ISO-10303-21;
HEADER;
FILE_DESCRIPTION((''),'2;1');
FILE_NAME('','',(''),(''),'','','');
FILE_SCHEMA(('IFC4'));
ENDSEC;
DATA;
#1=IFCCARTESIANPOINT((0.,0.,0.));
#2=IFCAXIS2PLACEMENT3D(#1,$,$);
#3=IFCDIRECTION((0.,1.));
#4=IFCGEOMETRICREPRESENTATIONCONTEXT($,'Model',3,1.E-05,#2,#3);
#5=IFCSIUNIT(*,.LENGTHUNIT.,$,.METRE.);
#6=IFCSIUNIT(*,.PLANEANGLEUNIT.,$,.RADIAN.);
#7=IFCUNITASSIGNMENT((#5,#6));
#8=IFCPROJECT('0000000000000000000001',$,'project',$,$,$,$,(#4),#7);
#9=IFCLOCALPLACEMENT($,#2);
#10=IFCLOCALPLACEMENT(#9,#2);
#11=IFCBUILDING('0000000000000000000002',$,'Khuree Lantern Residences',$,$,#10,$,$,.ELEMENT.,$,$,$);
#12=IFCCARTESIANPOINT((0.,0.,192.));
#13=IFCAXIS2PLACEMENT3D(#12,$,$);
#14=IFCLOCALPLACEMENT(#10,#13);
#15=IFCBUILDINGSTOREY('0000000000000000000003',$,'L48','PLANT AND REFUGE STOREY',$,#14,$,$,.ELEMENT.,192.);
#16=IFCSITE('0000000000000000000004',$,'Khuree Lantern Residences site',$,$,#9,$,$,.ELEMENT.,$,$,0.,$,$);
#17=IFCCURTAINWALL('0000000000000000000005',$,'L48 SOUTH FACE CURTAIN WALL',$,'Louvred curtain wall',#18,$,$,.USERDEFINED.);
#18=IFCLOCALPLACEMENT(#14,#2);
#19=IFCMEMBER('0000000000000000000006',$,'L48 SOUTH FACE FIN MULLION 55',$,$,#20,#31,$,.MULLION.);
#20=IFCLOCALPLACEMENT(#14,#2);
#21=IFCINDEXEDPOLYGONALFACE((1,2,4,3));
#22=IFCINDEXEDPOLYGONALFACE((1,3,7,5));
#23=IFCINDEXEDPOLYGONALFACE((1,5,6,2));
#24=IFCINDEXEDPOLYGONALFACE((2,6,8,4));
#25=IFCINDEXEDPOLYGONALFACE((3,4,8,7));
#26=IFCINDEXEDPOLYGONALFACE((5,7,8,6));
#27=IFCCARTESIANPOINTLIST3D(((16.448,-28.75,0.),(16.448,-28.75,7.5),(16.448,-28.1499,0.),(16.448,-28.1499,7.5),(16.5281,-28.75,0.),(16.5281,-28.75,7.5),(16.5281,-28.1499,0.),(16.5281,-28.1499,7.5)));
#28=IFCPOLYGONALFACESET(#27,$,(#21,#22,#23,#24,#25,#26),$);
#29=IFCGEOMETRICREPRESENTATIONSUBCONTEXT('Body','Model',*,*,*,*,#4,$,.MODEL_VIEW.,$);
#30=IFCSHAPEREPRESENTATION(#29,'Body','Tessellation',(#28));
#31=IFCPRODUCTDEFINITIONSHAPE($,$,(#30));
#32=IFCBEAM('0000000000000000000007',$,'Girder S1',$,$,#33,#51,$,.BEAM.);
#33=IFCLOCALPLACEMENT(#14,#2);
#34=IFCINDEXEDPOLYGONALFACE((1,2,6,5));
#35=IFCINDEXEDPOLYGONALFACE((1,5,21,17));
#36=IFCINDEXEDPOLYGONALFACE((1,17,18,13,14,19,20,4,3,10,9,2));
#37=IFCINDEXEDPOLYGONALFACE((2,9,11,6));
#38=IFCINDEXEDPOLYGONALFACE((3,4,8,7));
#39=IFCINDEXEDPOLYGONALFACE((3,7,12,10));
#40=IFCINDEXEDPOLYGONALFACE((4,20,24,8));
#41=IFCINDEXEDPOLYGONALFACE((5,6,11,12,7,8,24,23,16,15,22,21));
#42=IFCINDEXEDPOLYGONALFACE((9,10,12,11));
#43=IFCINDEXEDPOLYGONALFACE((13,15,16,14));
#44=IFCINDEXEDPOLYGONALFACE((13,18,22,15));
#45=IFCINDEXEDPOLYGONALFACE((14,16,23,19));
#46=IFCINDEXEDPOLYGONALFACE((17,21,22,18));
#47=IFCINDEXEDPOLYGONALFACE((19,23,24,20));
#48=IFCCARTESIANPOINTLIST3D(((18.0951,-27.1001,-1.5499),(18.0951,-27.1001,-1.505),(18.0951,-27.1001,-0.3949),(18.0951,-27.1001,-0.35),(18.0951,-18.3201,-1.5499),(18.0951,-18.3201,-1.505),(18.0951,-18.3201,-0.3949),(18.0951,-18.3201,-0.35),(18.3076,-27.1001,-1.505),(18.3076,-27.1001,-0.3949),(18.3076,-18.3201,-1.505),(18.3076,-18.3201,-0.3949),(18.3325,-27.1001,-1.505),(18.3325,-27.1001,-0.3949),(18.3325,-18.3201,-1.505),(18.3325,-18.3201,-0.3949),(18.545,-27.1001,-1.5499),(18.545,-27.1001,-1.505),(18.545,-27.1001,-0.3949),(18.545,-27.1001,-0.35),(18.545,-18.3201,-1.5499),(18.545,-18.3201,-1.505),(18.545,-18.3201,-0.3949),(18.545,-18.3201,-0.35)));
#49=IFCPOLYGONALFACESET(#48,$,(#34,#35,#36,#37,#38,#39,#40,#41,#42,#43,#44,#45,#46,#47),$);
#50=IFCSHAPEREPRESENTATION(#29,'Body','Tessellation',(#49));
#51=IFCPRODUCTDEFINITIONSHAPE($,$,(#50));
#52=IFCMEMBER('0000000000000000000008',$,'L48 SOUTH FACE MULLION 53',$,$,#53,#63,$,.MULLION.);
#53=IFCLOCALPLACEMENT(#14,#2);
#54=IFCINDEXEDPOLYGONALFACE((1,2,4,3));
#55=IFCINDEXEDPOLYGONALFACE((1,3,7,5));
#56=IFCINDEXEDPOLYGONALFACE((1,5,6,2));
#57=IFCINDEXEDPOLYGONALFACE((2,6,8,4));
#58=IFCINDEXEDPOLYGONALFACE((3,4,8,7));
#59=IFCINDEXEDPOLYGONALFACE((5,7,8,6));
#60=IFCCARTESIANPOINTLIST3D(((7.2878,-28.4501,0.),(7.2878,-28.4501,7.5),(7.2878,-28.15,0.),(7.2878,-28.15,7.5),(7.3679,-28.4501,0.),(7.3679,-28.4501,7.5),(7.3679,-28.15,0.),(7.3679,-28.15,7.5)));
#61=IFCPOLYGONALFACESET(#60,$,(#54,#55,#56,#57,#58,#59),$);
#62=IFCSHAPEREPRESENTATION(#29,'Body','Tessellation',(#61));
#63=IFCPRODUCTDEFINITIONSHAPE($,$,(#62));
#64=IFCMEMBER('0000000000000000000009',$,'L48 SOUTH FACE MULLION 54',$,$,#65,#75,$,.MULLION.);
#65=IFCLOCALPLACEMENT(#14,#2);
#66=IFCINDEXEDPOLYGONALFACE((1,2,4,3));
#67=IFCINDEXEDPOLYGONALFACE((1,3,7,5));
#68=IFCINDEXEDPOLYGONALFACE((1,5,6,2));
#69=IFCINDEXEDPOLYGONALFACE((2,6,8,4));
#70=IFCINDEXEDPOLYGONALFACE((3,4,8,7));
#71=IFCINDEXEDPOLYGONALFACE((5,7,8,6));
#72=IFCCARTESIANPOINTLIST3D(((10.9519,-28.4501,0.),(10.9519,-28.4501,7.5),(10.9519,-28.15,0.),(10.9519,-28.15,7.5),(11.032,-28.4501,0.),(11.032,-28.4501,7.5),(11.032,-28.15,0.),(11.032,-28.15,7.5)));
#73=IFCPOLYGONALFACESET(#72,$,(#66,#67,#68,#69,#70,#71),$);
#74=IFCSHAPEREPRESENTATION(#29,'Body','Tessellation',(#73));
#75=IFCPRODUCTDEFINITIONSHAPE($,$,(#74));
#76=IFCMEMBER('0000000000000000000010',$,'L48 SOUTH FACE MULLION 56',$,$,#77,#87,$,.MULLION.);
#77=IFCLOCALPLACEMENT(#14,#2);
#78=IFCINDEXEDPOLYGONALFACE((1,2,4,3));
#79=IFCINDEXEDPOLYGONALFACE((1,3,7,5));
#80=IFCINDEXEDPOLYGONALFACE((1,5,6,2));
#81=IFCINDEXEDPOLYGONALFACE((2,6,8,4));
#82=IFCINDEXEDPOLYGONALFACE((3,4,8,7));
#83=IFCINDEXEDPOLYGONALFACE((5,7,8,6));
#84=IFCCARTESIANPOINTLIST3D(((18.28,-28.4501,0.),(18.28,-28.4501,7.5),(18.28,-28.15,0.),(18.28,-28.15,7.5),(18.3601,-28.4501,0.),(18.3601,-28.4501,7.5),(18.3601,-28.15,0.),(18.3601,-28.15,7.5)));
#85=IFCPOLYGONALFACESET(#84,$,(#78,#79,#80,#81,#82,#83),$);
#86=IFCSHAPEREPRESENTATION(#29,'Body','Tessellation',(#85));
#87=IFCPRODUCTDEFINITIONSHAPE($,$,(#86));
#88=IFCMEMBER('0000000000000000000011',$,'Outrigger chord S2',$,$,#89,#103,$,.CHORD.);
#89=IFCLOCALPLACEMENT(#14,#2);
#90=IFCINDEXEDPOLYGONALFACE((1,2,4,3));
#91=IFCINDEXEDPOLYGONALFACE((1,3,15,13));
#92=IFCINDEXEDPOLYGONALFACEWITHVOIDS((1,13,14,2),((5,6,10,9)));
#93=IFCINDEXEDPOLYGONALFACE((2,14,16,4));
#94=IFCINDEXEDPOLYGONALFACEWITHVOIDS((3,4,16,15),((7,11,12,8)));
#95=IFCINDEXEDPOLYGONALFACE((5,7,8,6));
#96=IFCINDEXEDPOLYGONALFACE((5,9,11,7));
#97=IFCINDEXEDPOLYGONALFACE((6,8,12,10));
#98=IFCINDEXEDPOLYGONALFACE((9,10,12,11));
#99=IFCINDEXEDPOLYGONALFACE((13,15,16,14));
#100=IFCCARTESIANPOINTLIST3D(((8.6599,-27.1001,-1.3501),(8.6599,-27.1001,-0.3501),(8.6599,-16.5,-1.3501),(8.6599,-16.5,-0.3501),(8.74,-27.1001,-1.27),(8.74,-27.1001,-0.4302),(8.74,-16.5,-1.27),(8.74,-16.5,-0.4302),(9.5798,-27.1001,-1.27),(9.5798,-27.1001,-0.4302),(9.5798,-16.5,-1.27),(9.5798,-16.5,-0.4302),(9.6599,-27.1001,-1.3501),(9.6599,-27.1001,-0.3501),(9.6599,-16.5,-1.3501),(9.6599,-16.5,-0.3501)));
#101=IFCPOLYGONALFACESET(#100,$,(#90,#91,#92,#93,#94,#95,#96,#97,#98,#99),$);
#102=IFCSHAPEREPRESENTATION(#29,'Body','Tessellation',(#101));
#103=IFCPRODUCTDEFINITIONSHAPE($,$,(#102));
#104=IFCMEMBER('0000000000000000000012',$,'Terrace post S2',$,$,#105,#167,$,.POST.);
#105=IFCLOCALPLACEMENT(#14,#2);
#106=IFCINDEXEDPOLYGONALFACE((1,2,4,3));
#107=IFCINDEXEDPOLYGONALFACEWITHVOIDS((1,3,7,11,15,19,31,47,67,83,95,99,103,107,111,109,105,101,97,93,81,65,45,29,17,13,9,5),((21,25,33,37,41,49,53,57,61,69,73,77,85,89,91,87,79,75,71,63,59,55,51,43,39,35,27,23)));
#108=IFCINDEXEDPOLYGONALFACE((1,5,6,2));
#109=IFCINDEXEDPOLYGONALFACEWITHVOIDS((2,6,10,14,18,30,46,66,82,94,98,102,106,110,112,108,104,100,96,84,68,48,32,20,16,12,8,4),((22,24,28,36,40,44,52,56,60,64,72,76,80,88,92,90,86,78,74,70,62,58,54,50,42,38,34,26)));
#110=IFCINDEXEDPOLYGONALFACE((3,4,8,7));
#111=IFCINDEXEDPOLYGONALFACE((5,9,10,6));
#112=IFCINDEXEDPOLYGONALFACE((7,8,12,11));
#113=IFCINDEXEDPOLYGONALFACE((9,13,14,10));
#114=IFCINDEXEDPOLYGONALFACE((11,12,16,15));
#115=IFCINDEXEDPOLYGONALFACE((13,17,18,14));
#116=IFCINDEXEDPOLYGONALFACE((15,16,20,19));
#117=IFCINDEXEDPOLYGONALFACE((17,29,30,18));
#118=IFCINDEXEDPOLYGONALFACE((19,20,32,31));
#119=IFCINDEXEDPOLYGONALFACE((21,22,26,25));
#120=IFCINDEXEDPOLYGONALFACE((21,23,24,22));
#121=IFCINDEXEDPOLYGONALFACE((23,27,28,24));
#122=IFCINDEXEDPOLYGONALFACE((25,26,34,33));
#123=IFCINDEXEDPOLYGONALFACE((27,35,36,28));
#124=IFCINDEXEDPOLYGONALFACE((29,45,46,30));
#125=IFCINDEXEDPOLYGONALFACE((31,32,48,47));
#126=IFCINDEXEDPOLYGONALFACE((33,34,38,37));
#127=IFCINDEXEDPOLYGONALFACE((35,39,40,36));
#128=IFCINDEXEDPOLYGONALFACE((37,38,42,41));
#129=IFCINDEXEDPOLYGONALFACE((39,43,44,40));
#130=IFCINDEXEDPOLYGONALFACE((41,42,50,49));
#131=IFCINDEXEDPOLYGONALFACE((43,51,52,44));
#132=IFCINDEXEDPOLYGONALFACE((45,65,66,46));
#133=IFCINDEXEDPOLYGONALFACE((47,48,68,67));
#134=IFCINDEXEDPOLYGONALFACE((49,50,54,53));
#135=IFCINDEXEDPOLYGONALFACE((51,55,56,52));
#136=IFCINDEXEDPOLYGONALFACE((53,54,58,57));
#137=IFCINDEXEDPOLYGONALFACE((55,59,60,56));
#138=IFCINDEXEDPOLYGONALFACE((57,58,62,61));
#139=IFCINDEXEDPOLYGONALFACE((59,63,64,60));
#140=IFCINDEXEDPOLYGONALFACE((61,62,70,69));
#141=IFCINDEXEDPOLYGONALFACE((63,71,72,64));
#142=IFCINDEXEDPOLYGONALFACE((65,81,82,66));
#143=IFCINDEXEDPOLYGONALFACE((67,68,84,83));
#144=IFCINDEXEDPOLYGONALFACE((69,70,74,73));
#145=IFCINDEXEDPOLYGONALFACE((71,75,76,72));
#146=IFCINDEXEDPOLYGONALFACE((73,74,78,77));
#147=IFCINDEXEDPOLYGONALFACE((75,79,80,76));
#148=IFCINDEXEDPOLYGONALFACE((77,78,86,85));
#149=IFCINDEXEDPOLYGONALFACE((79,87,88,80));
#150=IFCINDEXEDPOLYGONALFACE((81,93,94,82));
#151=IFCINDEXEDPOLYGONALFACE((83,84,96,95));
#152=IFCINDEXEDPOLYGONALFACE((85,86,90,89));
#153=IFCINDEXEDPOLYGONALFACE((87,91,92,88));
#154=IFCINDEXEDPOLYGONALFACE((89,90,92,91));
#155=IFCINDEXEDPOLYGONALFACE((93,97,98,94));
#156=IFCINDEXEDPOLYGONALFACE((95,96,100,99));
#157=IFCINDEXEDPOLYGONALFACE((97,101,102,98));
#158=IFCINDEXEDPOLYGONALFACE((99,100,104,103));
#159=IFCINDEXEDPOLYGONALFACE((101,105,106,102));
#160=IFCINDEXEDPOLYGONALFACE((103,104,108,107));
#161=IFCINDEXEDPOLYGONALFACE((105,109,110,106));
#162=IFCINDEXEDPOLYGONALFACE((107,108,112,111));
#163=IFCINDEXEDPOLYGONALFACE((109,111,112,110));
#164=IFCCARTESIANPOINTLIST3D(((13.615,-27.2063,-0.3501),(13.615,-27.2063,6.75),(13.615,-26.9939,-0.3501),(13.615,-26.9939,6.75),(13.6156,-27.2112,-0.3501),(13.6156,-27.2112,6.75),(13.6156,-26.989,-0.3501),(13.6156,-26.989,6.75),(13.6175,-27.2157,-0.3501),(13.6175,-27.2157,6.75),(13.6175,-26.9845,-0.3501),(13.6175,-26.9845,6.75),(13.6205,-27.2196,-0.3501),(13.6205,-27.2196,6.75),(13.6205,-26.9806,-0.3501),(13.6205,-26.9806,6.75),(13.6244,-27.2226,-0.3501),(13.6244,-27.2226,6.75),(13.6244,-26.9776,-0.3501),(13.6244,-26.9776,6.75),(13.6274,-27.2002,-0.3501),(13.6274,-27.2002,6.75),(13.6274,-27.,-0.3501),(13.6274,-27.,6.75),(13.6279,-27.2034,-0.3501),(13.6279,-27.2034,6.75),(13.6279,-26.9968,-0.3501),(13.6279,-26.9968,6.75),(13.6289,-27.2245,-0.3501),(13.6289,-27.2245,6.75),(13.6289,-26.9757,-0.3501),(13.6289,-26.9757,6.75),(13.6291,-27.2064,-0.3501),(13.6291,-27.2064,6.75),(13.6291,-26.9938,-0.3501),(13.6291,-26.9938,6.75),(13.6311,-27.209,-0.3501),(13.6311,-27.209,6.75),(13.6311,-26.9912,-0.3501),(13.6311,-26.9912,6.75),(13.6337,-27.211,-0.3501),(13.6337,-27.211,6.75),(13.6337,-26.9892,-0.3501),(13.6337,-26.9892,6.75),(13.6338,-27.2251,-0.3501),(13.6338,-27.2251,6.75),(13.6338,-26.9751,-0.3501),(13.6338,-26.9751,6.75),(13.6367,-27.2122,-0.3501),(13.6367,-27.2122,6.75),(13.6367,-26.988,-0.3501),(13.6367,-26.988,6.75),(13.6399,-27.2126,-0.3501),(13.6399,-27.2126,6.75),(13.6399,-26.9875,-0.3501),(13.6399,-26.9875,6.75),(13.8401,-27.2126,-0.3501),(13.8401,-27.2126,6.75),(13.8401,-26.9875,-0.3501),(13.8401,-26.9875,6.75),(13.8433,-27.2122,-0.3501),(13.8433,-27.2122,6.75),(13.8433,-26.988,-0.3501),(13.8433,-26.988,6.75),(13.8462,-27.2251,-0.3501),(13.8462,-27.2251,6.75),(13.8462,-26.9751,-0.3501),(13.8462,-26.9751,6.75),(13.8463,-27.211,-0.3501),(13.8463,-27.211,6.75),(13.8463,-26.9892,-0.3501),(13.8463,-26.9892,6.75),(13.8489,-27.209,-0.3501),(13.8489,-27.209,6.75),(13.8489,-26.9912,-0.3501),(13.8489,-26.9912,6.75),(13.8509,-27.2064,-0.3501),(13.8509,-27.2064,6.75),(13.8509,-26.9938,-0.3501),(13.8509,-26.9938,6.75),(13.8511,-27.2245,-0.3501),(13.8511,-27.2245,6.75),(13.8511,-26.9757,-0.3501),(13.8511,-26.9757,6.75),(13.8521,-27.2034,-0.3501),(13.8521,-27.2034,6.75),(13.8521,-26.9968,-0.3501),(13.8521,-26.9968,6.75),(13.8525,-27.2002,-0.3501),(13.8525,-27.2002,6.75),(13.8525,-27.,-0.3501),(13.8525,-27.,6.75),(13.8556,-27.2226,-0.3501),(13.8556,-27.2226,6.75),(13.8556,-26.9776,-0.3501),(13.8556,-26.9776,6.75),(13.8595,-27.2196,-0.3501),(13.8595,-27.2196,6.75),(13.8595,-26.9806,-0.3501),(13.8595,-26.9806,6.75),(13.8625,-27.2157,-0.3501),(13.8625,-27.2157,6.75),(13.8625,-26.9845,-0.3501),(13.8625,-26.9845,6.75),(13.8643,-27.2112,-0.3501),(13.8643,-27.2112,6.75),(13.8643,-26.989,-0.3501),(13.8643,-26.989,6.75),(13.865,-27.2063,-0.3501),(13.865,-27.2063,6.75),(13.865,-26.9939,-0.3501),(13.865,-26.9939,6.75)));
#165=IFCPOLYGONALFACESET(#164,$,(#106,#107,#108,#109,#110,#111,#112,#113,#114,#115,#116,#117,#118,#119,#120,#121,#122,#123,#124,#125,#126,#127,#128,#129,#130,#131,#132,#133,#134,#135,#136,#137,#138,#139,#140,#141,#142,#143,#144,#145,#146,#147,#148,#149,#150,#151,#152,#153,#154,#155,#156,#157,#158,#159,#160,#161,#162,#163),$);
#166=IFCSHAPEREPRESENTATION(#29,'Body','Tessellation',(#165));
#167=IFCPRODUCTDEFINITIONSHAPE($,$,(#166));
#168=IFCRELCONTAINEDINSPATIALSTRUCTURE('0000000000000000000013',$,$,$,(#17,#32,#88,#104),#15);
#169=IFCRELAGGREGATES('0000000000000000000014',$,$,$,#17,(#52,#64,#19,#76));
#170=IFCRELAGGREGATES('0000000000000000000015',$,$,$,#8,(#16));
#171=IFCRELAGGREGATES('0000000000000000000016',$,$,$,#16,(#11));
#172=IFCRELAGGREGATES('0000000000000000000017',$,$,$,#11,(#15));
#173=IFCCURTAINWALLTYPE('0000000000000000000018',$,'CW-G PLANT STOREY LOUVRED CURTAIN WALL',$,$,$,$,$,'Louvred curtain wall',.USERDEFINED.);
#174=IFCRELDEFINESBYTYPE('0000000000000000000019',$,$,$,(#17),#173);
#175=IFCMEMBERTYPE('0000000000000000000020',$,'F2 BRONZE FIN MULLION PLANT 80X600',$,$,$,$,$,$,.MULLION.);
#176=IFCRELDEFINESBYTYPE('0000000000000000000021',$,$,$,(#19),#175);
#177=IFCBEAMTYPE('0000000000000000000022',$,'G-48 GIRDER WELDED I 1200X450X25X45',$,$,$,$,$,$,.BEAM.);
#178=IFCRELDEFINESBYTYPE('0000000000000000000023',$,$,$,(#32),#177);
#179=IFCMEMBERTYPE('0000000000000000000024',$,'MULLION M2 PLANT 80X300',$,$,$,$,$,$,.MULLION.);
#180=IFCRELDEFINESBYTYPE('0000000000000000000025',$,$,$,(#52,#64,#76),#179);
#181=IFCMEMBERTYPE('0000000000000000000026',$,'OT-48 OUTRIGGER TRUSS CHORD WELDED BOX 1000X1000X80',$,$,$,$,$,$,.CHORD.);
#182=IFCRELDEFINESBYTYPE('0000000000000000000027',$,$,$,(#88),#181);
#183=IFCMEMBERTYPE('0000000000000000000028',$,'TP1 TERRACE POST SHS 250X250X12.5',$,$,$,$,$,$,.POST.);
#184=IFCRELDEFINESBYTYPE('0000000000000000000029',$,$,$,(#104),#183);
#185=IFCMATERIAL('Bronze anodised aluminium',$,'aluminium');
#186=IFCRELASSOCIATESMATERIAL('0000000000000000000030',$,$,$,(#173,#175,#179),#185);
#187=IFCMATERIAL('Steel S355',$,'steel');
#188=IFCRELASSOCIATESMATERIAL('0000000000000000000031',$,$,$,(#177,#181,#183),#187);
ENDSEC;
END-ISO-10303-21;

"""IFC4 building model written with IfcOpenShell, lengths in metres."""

from ifc_helpers import new_model, si_unit, direction, frame, origin, origin_2d, place, context, subcontext, project, spatial, rectangle, hollow_rectangle, i_section, extrude, material, material_profile, profile_set, type_object, element, aggregate, save


model = new_model("IFC4")

# Units and contexts
model_context = context("Model", 3, precision=1e-05, world=origin(), true_north=direction((0.0, 1.0)))
body_context = subcontext(model_context, "Body", "Model", "MODEL_VIEW")
ifc_project = project(units=[si_unit("LENGTHUNIT", "METRE"), si_unit("PLANEANGLEUNIT", "RADIAN")], contexts=[model_context])

# Site, building, storey
site_placement = place(None, origin())
site = spatial("IfcSite", under=ifc_project, at=site_placement, Name="Khuree Lantern Residences site", CompositionType="ELEMENT", RefElevation=0.0)
building_placement = place(site_placement, origin())
building = spatial("IfcBuilding", under=site, at=building_placement, Name="Khuree Lantern Residences", CompositionType="ELEMENT")
storey_placement = place(building_placement, frame((0.0, 0.0, 192.0)))
storey = spatial("IfcBuildingStorey", under=building, at=storey_placement, Name="L48", Description="PLANT AND REFUGE STOREY", CompositionType="ELEMENT", Elevation=192.0)

# Shared definitions
ifc_material_1 = material(Name="Steel S355", Category="steel")

# Curtain wall, member
ifc_material_2 = material(Name="Bronze anodised aluminium", Category="aluminium")
curtain_wall_type = type_object("IfcCurtainWallType", Name="CW-G PLANT STOREY LOUVRED CURTAIN WALL", ElementType="Louvred curtain wall", PredefinedType="USERDEFINED", material=ifc_material_2)
curtain_wall_placement = place(storey_placement, origin())
curtain_wall = element("IfcCurtainWall", 1, at=curtain_wall_placement, inside=storey, type_object=curtain_wall_type, Name="L48 SOUTH FACE CURTAIN WALL", ObjectType="Louvred curtain wall", PredefinedType="USERDEFINED")
ifc_material_profile_1 = material_profile(ifc_material_2, rectangle(XDim=0.0801, YDim=0.6001, at=origin_2d()), Name="F2 80X600")
ifc_profile_set_1 = profile_set([ifc_material_profile_1], Name="Bronze anodised aluminium")
member_type_1 = type_object("IfcMemberType", Name="F2 BRONZE FIN MULLION PLANT 80X600", PredefinedType="MULLION", material=ifc_profile_set_1)
member_1_placement = place(storey_placement, frame((16.488, -28.45, 0.0), z_axis=(0.0, 0.0, 1.0), x_axis=(1.0, 0.0, 0.0)))
member_1 = element("IfcMember", 2, at=member_1_placement, type_object=member_type_1, Name="L48 SOUTH FACE FIN MULLION 55", PredefinedType="MULLION", context=body_context, shape_type="SweptSolid", body=[
    extrude(rectangle(XDim=0.0801, YDim=0.6001, at=origin_2d()), origin(), (0.0, 0.0, 1.0), 7.5),
])

# Beam
ifc_material_profile_2 = material_profile(ifc_material_1, i_section(OverallWidth=0.45, OverallDepth=1.2, WebThickness=0.0249, FlangeThickness=0.0449, at=origin_2d()), Name="WELDED I 1200X450X25X45")
ifc_profile_set_2 = profile_set([ifc_material_profile_2], Name="Steel S355")
beam_type_1 = type_object("IfcBeamType", Name="G-48 GIRDER WELDED I 1200X450X25X45", PredefinedType="BEAM", material=ifc_profile_set_2)
beam_placement = place(storey_placement, frame((18.3201, -27.1001, -0.95), z_axis=(0.0, 1.0, 0.0), x_axis=(-1.0, 0.0, 0.0)))
element("IfcBeam", 3, at=beam_placement, inside=storey, type_object=beam_type_1, Name="Girder S1", PredefinedType="BEAM", context=body_context, shape_type="SweptSolid", body=[
    extrude(i_section(OverallWidth=0.45, OverallDepth=1.2, WebThickness=0.0249, FlangeThickness=0.0449, at=origin_2d()), origin(), (0.0, 0.0, 1.0), 8.78),
])

# Members
ifc_material_profile_3 = material_profile(ifc_material_2, rectangle(XDim=0.0801, YDim=0.3, at=origin_2d()), Name="M2 80X300")
ifc_profile_set_3 = profile_set([ifc_material_profile_3], Name="Bronze anodised aluminium")
member_type_2 = type_object("IfcMemberType", Name="MULLION M2 PLANT 80X300", PredefinedType="MULLION", material=ifc_profile_set_3)
member_2_placement = place(storey_placement, frame((7.3279, -28.3, 0.0), z_axis=(0.0, 0.0, 1.0), x_axis=(1.0, 0.0, 0.0)))
member_2 = element("IfcMember", 4, at=member_2_placement, type_object=member_type_2, Name="L48 SOUTH FACE MULLION 53", PredefinedType="MULLION", context=body_context, shape_type="SweptSolid", body=[
    extrude(rectangle(XDim=0.0801, YDim=0.3, at=origin_2d()), origin(), (0.0, 0.0, 1.0), 7.5),
])
member_3_placement = place(storey_placement, frame((10.9919, -28.3, 0.0), z_axis=(0.0, 0.0, 1.0), x_axis=(1.0, 0.0, 0.0)))
member_3 = element("IfcMember", 5, at=member_3_placement, type_object=member_type_2, Name="L48 SOUTH FACE MULLION 54", PredefinedType="MULLION", context=body_context, shape_type="SweptSolid", body=[
    extrude(rectangle(XDim=0.0801, YDim=0.3, at=origin_2d()), origin(), (0.0, 0.0, 1.0), 7.5),
])
member_4_placement = place(storey_placement, frame((18.3201, -28.3, 0.0), z_axis=(0.0, 0.0, 1.0), x_axis=(1.0, 0.0, 0.0)))
member_4 = element("IfcMember", 6, at=member_4_placement, type_object=member_type_2, Name="L48 SOUTH FACE MULLION 56", PredefinedType="MULLION", context=body_context, shape_type="SweptSolid", body=[
    extrude(rectangle(XDim=0.0801, YDim=0.3, at=origin_2d()), origin(), (0.0, 0.0, 1.0), 7.5),
])

# Members
ifc_material_profile_4 = material_profile(ifc_material_1, hollow_rectangle(XDim=1.0, YDim=1.0, WallThickness=0.0801, at=origin_2d()), Name="WELDED BOX 1000X1000X80")
ifc_profile_set_4 = profile_set([ifc_material_profile_4], Name="Steel S355")
member_type_3 = type_object("IfcMemberType", Name="OT-48 OUTRIGGER TRUSS CHORD WELDED BOX 1000X1000X80", PredefinedType="CHORD", material=ifc_profile_set_4)
member_5_placement = place(storey_placement, frame((9.1599, -27.1001, -0.8501), z_axis=(0.0, 1.0, 0.0), x_axis=(-1.0, 0.0, 0.0)))
element("IfcMember", 7, at=member_5_placement, inside=storey, type_object=member_type_3, Name="Outrigger chord S2", PredefinedType="CHORD", context=body_context, shape_type="SweptSolid", body=[
    extrude(hollow_rectangle(XDim=1.0, YDim=1.0, WallThickness=0.0801, at=origin_2d()), origin(), (0.0, 0.0, 1.0), 10.6001),
])
ifc_material_profile_5 = material_profile(ifc_material_1, hollow_rectangle(XDim=0.25, YDim=0.25, WallThickness=0.0125, InnerFilletRadius=0.0125, OuterFilletRadius=0.0188, at=origin_2d()), Name="SHS 250X250X12.5")
ifc_profile_set_5 = profile_set([ifc_material_profile_5], Name="Steel S355")
member_type_4 = type_object("IfcMemberType", Name="TP1 TERRACE POST SHS 250X250X12.5", PredefinedType="POST", material=ifc_profile_set_5)
for number, where, z_axis, x_axis, name in (
    (8, (13.74, -27.1001, -0.3501), (0.0, 0.0, 1.0), (1.0, 0.0, 0.0), "Terrace post S2"),
):
    element("IfcMember", number, at=place(storey_placement, frame(where, z_axis=z_axis, x_axis=x_axis)), inside=storey, type_object=member_type_4, Name=name, PredefinedType="POST", context=body_context, shape_type="SweptSolid", body=[
        extrude(hollow_rectangle(XDim=0.25, YDim=0.25, WallThickness=0.0125, InnerFilletRadius=0.0125, OuterFilletRadius=0.0188, at=origin_2d()), origin(), (0.0, 0.0, 1.0), 7.1001),
    ])

aggregate(curtain_wall, [member_2, member_3, member_1, member_4])

save(model, "model.ifc")
